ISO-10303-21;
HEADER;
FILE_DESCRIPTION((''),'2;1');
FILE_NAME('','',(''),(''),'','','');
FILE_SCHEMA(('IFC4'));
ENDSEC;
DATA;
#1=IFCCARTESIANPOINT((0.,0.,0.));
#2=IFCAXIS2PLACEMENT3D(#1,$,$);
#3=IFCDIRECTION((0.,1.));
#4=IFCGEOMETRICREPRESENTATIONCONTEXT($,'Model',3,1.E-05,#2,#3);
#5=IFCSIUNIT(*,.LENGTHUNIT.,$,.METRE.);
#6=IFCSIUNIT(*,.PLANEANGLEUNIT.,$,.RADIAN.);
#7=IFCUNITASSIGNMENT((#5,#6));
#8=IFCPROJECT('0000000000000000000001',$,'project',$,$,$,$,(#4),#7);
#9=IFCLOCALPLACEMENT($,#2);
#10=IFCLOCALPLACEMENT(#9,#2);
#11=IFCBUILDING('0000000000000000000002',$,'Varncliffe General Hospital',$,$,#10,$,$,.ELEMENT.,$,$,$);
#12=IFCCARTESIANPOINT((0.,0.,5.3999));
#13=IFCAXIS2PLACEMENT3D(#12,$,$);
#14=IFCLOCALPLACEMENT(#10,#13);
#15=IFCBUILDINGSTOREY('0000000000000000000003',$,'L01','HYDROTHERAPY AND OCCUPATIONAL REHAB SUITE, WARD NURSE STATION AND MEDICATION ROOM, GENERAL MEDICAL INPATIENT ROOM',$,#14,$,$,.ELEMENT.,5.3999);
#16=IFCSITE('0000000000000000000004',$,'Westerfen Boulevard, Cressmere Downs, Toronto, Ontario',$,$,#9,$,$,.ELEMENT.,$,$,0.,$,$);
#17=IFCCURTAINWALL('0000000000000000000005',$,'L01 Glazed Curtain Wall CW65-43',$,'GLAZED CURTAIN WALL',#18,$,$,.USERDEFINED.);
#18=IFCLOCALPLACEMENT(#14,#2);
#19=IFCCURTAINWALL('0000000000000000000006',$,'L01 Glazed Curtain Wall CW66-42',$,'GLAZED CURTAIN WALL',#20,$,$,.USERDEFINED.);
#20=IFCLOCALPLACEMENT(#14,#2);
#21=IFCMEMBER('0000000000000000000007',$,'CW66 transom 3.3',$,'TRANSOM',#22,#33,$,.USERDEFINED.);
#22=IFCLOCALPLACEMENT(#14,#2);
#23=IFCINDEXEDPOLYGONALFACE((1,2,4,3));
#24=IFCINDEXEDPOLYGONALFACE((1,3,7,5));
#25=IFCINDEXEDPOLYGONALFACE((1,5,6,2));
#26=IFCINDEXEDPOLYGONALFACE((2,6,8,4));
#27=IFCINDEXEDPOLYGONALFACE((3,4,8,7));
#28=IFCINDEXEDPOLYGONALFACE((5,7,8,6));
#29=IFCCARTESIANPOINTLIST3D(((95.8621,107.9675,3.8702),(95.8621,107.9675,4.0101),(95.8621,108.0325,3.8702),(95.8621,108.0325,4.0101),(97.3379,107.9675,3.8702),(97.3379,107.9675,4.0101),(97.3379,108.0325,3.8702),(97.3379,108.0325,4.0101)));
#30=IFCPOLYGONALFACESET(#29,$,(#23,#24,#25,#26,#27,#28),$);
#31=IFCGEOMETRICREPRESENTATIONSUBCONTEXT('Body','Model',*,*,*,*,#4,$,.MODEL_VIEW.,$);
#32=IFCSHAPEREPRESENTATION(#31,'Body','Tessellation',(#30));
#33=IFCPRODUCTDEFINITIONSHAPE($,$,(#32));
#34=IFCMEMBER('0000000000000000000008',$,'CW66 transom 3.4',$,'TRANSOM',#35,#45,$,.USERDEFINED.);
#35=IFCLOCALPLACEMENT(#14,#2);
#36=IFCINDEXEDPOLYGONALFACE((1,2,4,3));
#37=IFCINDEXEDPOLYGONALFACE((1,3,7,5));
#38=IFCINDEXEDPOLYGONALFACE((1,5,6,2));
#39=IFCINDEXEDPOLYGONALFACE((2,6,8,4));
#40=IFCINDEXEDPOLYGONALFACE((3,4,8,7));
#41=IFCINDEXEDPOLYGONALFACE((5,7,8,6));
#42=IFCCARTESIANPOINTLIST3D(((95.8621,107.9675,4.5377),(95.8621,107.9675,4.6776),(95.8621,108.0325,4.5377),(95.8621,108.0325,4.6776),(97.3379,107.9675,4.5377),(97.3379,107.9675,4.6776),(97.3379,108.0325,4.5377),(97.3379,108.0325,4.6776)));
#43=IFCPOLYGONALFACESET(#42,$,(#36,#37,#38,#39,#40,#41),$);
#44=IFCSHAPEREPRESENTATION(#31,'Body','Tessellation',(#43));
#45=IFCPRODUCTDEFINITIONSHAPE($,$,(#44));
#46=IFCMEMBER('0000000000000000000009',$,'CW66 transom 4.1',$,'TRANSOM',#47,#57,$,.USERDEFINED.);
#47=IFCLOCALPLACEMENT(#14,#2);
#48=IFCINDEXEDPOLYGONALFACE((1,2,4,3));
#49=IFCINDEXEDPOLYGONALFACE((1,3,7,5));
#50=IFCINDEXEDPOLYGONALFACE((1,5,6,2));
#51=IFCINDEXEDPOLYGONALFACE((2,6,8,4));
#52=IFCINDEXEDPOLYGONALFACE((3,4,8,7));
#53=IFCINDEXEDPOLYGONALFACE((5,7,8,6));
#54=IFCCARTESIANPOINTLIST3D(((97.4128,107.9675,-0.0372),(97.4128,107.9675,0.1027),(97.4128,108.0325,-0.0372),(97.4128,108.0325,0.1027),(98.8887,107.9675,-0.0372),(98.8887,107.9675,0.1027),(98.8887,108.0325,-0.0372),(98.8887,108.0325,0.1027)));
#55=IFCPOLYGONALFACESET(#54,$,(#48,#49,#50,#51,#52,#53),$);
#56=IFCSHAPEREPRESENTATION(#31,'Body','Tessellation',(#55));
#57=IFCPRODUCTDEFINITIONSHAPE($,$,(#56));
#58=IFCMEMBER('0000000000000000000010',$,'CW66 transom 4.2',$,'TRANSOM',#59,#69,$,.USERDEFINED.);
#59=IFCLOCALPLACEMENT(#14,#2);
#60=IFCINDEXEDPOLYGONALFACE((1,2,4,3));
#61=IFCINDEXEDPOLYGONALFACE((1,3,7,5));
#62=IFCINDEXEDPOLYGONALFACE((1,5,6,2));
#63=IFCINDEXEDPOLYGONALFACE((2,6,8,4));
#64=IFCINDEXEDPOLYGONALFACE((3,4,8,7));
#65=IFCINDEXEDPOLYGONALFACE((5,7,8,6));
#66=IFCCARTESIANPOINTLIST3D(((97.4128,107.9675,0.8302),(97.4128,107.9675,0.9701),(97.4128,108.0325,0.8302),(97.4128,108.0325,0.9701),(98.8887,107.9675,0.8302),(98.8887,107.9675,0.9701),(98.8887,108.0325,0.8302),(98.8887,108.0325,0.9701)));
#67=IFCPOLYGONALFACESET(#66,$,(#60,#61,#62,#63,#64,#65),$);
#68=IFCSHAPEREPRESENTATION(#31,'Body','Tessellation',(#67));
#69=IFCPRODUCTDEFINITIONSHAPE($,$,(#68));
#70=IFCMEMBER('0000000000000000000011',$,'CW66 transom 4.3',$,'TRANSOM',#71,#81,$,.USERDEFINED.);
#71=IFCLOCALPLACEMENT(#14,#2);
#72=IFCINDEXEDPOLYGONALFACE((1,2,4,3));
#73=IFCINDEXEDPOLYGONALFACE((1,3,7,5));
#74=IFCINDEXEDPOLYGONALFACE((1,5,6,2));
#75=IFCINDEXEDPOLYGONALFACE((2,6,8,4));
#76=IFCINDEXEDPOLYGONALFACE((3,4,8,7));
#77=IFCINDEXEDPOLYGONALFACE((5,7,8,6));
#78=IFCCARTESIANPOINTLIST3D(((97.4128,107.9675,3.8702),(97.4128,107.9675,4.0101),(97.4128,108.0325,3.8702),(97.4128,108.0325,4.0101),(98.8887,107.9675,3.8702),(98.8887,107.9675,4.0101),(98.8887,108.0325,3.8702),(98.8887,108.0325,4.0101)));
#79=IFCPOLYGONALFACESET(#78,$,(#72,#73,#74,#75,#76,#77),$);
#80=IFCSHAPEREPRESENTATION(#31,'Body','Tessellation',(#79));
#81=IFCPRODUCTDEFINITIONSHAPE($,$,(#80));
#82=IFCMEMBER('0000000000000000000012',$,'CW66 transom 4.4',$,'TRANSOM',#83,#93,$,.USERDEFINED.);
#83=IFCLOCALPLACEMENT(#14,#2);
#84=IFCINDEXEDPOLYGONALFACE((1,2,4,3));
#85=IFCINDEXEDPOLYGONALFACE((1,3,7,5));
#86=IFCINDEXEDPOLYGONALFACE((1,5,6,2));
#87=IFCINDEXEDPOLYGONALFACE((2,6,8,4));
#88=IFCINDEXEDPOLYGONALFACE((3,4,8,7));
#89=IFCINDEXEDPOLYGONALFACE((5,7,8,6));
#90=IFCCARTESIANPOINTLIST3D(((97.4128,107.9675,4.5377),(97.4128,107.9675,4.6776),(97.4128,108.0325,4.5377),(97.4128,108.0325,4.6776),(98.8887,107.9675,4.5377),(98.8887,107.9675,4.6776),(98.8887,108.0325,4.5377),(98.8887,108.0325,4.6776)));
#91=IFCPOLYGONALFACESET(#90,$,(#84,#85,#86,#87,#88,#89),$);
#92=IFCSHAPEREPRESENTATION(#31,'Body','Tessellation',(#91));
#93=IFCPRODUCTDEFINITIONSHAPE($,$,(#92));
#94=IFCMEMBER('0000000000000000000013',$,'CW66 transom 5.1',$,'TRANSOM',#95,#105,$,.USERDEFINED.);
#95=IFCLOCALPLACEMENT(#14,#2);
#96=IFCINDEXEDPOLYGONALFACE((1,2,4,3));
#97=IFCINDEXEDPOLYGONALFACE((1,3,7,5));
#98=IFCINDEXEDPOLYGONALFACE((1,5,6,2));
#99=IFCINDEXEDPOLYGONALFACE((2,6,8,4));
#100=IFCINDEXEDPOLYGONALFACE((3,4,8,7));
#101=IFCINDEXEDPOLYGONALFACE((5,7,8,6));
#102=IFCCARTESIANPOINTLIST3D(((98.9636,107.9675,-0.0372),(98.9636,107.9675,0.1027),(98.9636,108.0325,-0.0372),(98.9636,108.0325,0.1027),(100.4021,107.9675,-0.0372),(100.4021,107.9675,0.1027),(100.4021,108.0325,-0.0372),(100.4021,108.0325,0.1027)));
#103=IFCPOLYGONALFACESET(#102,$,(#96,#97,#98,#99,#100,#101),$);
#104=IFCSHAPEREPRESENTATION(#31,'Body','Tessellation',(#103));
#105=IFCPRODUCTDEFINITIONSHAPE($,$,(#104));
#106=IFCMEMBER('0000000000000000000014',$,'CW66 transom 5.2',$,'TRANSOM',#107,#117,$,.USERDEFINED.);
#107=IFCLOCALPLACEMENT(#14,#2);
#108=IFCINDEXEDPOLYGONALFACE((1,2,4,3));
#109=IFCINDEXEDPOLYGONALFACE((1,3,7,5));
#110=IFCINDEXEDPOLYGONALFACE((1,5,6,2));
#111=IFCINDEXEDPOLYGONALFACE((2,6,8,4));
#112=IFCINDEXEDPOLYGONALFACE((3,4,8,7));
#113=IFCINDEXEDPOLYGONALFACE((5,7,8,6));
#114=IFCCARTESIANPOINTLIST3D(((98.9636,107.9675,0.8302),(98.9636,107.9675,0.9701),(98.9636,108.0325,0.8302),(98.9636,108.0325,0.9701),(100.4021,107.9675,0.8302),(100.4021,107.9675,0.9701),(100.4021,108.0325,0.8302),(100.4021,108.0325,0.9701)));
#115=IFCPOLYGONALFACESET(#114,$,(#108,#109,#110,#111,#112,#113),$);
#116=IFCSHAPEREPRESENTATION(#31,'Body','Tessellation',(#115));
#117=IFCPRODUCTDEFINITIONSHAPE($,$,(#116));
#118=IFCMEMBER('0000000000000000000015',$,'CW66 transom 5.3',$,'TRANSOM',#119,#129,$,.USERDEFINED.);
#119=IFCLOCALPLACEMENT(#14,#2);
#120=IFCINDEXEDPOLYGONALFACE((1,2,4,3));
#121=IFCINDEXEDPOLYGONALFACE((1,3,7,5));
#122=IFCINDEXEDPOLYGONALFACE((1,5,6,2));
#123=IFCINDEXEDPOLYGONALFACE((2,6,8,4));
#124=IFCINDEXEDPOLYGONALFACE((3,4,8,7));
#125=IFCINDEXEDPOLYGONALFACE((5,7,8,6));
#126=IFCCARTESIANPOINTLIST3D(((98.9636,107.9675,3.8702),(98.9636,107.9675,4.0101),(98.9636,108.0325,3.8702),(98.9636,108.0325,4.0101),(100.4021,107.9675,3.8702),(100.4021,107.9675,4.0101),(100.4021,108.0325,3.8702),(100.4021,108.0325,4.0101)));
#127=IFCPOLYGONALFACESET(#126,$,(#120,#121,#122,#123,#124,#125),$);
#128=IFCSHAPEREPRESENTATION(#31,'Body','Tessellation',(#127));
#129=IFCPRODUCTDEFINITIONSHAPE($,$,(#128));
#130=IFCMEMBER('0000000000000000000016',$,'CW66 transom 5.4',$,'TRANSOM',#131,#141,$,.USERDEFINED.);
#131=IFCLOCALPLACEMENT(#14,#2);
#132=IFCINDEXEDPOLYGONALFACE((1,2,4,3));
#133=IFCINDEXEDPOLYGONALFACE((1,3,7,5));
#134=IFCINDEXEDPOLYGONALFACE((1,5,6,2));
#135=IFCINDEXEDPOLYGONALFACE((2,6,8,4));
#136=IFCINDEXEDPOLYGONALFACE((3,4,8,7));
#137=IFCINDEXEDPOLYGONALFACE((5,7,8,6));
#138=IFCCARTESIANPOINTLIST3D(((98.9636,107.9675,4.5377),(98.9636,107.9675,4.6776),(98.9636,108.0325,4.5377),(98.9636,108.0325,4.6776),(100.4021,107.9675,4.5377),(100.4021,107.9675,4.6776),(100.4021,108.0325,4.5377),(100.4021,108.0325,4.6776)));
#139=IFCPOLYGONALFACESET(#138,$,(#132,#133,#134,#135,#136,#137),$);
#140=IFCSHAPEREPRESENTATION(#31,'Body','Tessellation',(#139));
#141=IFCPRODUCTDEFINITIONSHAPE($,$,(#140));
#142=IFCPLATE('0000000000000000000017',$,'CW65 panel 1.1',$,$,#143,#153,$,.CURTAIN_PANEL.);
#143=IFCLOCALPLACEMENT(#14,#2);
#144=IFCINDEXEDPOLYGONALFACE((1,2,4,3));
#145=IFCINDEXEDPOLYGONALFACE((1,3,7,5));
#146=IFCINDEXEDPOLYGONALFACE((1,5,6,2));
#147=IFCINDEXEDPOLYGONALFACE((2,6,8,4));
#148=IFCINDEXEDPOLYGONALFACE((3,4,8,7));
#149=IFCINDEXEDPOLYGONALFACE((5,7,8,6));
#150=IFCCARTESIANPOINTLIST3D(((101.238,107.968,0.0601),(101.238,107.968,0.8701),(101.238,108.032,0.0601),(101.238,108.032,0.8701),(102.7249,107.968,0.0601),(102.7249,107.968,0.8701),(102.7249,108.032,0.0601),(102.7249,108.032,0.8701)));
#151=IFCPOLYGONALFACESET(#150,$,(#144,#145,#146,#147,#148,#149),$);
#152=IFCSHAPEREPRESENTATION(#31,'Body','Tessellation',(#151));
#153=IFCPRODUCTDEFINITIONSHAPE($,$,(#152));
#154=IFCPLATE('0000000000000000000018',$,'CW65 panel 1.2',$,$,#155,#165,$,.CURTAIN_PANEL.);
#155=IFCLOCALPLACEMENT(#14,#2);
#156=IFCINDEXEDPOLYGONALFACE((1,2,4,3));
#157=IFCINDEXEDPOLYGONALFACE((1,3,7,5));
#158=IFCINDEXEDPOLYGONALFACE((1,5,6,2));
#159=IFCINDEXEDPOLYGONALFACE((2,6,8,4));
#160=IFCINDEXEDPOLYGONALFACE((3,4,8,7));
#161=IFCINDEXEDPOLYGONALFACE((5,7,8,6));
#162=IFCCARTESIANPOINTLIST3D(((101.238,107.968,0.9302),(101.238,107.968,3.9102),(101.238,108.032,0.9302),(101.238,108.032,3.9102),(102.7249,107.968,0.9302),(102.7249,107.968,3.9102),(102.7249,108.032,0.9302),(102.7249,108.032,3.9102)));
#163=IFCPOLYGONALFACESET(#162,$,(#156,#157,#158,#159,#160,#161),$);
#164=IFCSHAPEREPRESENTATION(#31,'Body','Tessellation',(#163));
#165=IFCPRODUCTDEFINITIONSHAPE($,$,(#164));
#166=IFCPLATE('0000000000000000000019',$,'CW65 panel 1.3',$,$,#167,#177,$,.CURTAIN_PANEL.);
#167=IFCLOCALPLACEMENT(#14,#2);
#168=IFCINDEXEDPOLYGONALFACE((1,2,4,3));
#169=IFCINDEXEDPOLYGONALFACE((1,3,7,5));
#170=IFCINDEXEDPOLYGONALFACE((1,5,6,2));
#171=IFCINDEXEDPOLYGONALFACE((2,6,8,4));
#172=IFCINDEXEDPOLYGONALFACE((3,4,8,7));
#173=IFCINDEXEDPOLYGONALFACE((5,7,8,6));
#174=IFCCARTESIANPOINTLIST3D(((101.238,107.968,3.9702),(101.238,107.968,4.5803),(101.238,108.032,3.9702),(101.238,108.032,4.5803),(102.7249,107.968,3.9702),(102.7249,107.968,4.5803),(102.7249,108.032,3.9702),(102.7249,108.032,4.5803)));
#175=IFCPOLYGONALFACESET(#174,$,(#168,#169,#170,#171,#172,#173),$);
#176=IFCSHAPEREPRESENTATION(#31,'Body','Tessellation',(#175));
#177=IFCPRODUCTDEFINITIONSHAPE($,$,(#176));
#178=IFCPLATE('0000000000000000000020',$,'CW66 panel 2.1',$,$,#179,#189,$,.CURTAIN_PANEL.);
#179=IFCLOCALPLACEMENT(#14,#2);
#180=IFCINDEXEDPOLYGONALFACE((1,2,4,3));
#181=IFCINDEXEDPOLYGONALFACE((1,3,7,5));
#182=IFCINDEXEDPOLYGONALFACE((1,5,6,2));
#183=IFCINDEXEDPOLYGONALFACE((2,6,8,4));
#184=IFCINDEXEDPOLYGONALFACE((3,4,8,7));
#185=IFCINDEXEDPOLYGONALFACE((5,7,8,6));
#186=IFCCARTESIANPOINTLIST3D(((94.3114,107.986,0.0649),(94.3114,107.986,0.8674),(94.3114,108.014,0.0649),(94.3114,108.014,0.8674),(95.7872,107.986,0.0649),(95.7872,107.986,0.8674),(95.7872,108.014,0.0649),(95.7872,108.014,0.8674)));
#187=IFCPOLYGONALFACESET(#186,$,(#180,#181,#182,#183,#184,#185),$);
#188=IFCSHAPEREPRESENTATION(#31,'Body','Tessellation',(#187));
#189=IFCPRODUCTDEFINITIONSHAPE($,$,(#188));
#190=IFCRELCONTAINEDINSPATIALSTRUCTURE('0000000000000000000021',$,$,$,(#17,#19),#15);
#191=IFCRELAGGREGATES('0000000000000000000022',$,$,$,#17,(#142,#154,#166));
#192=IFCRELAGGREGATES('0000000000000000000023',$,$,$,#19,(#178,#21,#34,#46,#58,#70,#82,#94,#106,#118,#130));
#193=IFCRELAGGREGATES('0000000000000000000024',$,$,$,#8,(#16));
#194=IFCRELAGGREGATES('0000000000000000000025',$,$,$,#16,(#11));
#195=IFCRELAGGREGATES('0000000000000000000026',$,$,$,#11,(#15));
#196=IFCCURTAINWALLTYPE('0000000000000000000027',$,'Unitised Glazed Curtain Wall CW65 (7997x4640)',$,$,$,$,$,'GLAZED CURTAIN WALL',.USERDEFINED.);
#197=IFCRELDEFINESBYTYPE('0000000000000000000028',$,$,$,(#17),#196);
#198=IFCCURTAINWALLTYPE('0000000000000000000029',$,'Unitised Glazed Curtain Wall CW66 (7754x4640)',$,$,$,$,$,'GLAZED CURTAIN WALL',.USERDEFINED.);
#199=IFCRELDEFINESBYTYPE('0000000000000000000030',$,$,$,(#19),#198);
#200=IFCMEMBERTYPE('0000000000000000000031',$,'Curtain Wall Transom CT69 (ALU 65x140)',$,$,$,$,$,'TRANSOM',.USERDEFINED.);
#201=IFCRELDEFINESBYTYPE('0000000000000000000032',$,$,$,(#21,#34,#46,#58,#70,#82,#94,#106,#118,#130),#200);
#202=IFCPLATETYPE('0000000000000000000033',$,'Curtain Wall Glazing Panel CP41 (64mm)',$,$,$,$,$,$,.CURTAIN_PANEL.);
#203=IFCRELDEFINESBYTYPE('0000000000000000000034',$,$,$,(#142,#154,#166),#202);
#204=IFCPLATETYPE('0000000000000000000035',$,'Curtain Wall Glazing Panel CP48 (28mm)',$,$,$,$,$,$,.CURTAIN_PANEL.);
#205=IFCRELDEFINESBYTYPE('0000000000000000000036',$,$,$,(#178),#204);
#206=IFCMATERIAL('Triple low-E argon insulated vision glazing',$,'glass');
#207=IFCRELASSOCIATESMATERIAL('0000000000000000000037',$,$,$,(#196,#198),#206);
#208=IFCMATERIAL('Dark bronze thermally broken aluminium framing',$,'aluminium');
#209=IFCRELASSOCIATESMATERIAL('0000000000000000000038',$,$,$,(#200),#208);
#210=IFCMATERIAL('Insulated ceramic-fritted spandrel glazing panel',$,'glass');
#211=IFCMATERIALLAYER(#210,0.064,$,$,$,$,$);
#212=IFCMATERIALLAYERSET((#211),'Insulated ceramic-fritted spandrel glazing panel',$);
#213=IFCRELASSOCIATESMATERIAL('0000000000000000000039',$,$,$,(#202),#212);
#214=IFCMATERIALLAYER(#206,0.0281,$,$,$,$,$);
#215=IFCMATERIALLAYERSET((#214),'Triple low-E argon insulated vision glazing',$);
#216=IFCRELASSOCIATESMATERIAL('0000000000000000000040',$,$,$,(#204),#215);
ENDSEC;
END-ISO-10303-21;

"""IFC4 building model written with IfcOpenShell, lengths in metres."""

from ifc_helpers import new_model, si_unit, direction, frame, origin, origin_2d, place, context, subcontext, project, spatial, rectangle, extrude, material, layer, layer_set, material_profile, profile_set, type_object, element, aggregate, save


model = new_model("IFC4")

# Units and contexts
model_context = context("Model", 3, precision=1e-05, world=origin(), true_north=direction((0.0, 1.0)))
body_context = subcontext(model_context, "Body", "Model", "MODEL_VIEW")
ifc_project = project(units=[si_unit("LENGTHUNIT", "METRE"), si_unit("PLANEANGLEUNIT", "RADIAN")], contexts=[model_context])

# Site, building, storey
site_placement = place(None, origin())
site = spatial("IfcSite", under=ifc_project, at=site_placement, Name="Westerfen Boulevard, Cressmere Downs, Toronto, Ontario", CompositionType="ELEMENT", RefElevation=0.0)
building_placement = place(site_placement, origin())
building = spatial("IfcBuilding", under=site, at=building_placement, Name="Varncliffe General Hospital", CompositionType="ELEMENT")
storey_placement = place(building_placement, frame((0.0, 0.0, 5.3999)))
storey = spatial("IfcBuildingStorey", under=building, at=storey_placement, Name="L01", Description="HYDROTHERAPY AND OCCUPATIONAL REHAB SUITE, WARD NURSE STATION AND MEDICATION ROOM, GENERAL MEDICAL INPATIENT ROOM", CompositionType="ELEMENT", Elevation=5.3999)

# Curtain walls
ifc_material_1 = material(Name="Triple low-E argon insulated vision glazing", Category="glass")
curtain_wall_type_1 = type_object("IfcCurtainWallType", Name="Unitised Glazed Curtain Wall CW65 (7997x4640)", ElementType="GLAZED CURTAIN WALL", PredefinedType="USERDEFINED", material=ifc_material_1)
curtain_wall_1_placement = place(storey_placement, origin())
curtain_wall_1 = element("IfcCurtainWall", 1, at=curtain_wall_1_placement, inside=storey, type_object=curtain_wall_type_1, Name="L01 Glazed Curtain Wall CW65-43", ObjectType="GLAZED CURTAIN WALL", PredefinedType="USERDEFINED")
ifc_material_2 = material(Name="Dark bronze thermally broken aluminium framing", Category="aluminium")
curtain_wall_type_2 = type_object("IfcCurtainWallType", Name="Unitised Glazed Curtain Wall CW66 (7754x4640)", ElementType="GLAZED CURTAIN WALL", PredefinedType="USERDEFINED", material=ifc_material_1)
curtain_wall_2_placement = place(storey_placement, origin())
curtain_wall_2 = element("IfcCurtainWall", 2, at=curtain_wall_2_placement, inside=storey, type_object=curtain_wall_type_2, Name="L01 Glazed Curtain Wall CW66-42", ObjectType="GLAZED CURTAIN WALL", PredefinedType="USERDEFINED")

# Members
ifc_material_profile_1 = material_profile(ifc_material_2, rectangle(XDim=0.0649, YDim=0.1399, at=origin_2d()), Name="ALU 65x140")
ifc_profile_set_1 = profile_set([ifc_material_profile_1], Name="Dark bronze thermally broken aluminium framing")
member_type_1 = type_object("IfcMemberType", Name="Curtain Wall Transom CT69 (ALU 65x140)", ElementType="TRANSOM", PredefinedType="USERDEFINED", material=ifc_profile_set_1)
member_1_placement = place(storey_placement, frame((95.8621, 108.0, 3.9402), z_axis=(1.0, 0.0, 0.0), x_axis=(0.0, 1.0, 0.0)))
member_1 = element("IfcMember", 3, at=member_1_placement, type_object=member_type_1, Name="CW66 transom 3.3", ObjectType="TRANSOM", PredefinedType="USERDEFINED", context=body_context, shape_type="SweptSolid", body=[
    extrude(rectangle(XDim=0.0649, YDim=0.1399, at=origin_2d()), origin(), (0.0, 0.0, 1.0), 1.4758),
])
member_2_placement = place(storey_placement, frame((95.8621, 108.0, 4.6077), z_axis=(1.0, 0.0, 0.0), x_axis=(0.0, 1.0, 0.0)))
member_2 = element("IfcMember", 4, at=member_2_placement, type_object=member_type_1, Name="CW66 transom 3.4", ObjectType="TRANSOM", PredefinedType="USERDEFINED", context=body_context, shape_type="SweptSolid", body=[
    extrude(rectangle(XDim=0.0649, YDim=0.1399, at=origin_2d()), origin(), (0.0, 0.0, 1.0), 1.4758),
])
member_3_placement = place(storey_placement, frame((97.4128, 108.0, 0.0327), z_axis=(1.0, 0.0, 0.0), x_axis=(0.0, 1.0, 0.0)))
member_3 = element("IfcMember", 5, at=member_3_placement, type_object=member_type_1, Name="CW66 transom 4.1", ObjectType="TRANSOM", PredefinedType="USERDEFINED", context=body_context, shape_type="SweptSolid", body=[
    extrude(rectangle(XDim=0.0649, YDim=0.1399, at=origin_2d()), origin(), (0.0, 0.0, 1.0), 1.4758),
])
member_4_placement = place(storey_placement, frame((97.4128, 108.0, 0.9001), z_axis=(1.0, 0.0, 0.0), x_axis=(0.0, 1.0, 0.0)))
member_4 = element("IfcMember", 6, at=member_4_placement, type_object=member_type_1, Name="CW66 transom 4.2", ObjectType="TRANSOM", PredefinedType="USERDEFINED", context=body_context, shape_type="SweptSolid", body=[
    extrude(rectangle(XDim=0.0649, YDim=0.1399, at=origin_2d()), origin(), (0.0, 0.0, 1.0), 1.4758),
])
member_5_placement = place(storey_placement, frame((97.4128, 108.0, 3.9402), z_axis=(1.0, 0.0, 0.0), x_axis=(0.0, 1.0, 0.0)))
member_5 = element("IfcMember", 7, at=member_5_placement, type_object=member_type_1, Name="CW66 transom 4.3", ObjectType="TRANSOM", PredefinedType="USERDEFINED", context=body_context, shape_type="SweptSolid", body=[
    extrude(rectangle(XDim=0.0649, YDim=0.1399, at=origin_2d()), origin(), (0.0, 0.0, 1.0), 1.4758),
])
member_6_placement = place(storey_placement, frame((97.4128, 108.0, 4.6077), z_axis=(1.0, 0.0, 0.0), x_axis=(0.0, 1.0, 0.0)))
member_6 = element("IfcMember", 8, at=member_6_placement, type_object=member_type_1, Name="CW66 transom 4.4", ObjectType="TRANSOM", PredefinedType="USERDEFINED", context=body_context, shape_type="SweptSolid", body=[
    extrude(rectangle(XDim=0.0649, YDim=0.1399, at=origin_2d()), origin(), (0.0, 0.0, 1.0), 1.4758),
])
member_7_placement = place(storey_placement, frame((98.9636, 108.0, 0.0327), z_axis=(1.0, 0.0, 0.0), x_axis=(0.0, 1.0, 0.0)))
member_7 = element("IfcMember", 9, at=member_7_placement, type_object=member_type_1, Name="CW66 transom 5.1", ObjectType="TRANSOM", PredefinedType="USERDEFINED", context=body_context, shape_type="SweptSolid", body=[
    extrude(rectangle(XDim=0.0649, YDim=0.1399, at=origin_2d()), origin(), (0.0, 0.0, 1.0), 1.4385),
])
member_8_placement = place(storey_placement, frame((98.9636, 108.0, 0.9001), z_axis=(1.0, 0.0, 0.0), x_axis=(0.0, 1.0, 0.0)))
member_8 = element("IfcMember", 10, at=member_8_placement, type_object=member_type_1, Name="CW66 transom 5.2", ObjectType="TRANSOM", PredefinedType="USERDEFINED", context=body_context, shape_type="SweptSolid", body=[
    extrude(rectangle(XDim=0.0649, YDim=0.1399, at=origin_2d()), origin(), (0.0, 0.0, 1.0), 1.4385),
])
member_9_placement = place(storey_placement, frame((98.9636, 108.0, 3.9402), z_axis=(1.0, 0.0, 0.0), x_axis=(0.0, 1.0, 0.0)))
member_9 = element("IfcMember", 11, at=member_9_placement, type_object=member_type_1, Name="CW66 transom 5.3", ObjectType="TRANSOM", PredefinedType="USERDEFINED", context=body_context, shape_type="SweptSolid", body=[
    extrude(rectangle(XDim=0.0649, YDim=0.1399, at=origin_2d()), origin(), (0.0, 0.0, 1.0), 1.4385),
])
member_10_placement = place(storey_placement, frame((98.9636, 108.0, 4.6077), z_axis=(1.0, 0.0, 0.0), x_axis=(0.0, 1.0, 0.0)))
member_10 = element("IfcMember", 12, at=member_10_placement, type_object=member_type_1, Name="CW66 transom 5.4", ObjectType="TRANSOM", PredefinedType="USERDEFINED", context=body_context, shape_type="SweptSolid", body=[
    extrude(rectangle(XDim=0.0649, YDim=0.1399, at=origin_2d()), origin(), (0.0, 0.0, 1.0), 1.4385),
])

# Plates
ifc_material_3 = material(Name="Insulated ceramic-fritted spandrel glazing panel", Category="glass")
ifc_layer_1 = layer(ifc_material_3, 0.064)
ifc_layer_set_1 = layer_set([ifc_layer_1], Name="Insulated ceramic-fritted spandrel glazing panel")
plate_type_1 = type_object("IfcPlateType", Name="Curtain Wall Glazing Panel CP41 (64mm)", PredefinedType="CURTAIN_PANEL", material=ifc_layer_set_1)
plate_1_placement = place(storey_placement, frame((101.9814, 108.0, 0.0601), z_axis=(0.0, 0.0, 1.0), x_axis=(1.0, 0.0, 0.0)))
plate_1 = element("IfcPlate", 13, at=plate_1_placement, type_object=plate_type_1, Name="CW65 panel 1.1", PredefinedType="CURTAIN_PANEL", context=body_context, shape_type="SweptSolid", body=[
    extrude(rectangle(XDim=1.4868, YDim=0.064, at=origin_2d()), origin(), (0.0, 0.0, 1.0), 0.8101),
])
plate_2_placement = place(storey_placement, frame((101.9814, 108.0, 0.9302), z_axis=(0.0, 0.0, 1.0), x_axis=(1.0, 0.0, 0.0)))
plate_2 = element("IfcPlate", 14, at=plate_2_placement, type_object=plate_type_1, Name="CW65 panel 1.2", PredefinedType="CURTAIN_PANEL", context=body_context, shape_type="SweptSolid", body=[
    extrude(rectangle(XDim=1.4868, YDim=0.064, at=origin_2d()), origin(), (0.0, 0.0, 1.0), 2.98),
])
plate_3_placement = place(storey_placement, frame((101.9814, 108.0, 3.9702), z_axis=(0.0, 0.0, 1.0), x_axis=(1.0, 0.0, 0.0)))
plate_3 = element("IfcPlate", 15, at=plate_3_placement, type_object=plate_type_1, Name="CW65 panel 1.3", PredefinedType="CURTAIN_PANEL", context=body_context, shape_type="SweptSolid", body=[
    extrude(rectangle(XDim=1.4868, YDim=0.064, at=origin_2d()), origin(), (0.0, 0.0, 1.0), 0.6101),
])
aggregate(curtain_wall_1, [plate_1, plate_2, plate_3])
ifc_layer_2 = layer(ifc_material_1, 0.0281)
ifc_layer_set_2 = layer_set([ifc_layer_2], Name="Triple low-E argon insulated vision glazing")
plate_type_2 = type_object("IfcPlateType", Name="Curtain Wall Glazing Panel CP48 (28mm)", PredefinedType="CURTAIN_PANEL", material=ifc_layer_set_2)
plate_4_placement = place(storey_placement, frame((95.0493, 108.0, 0.0649), z_axis=(0.0, 0.0, 1.0), x_axis=(1.0, 0.0, 0.0)))
plate_4 = element("IfcPlate", 16, at=plate_4_placement, type_object=plate_type_2, Name="CW66 panel 2.1", PredefinedType="CURTAIN_PANEL", context=body_context, shape_type="SweptSolid", body=[
    extrude(rectangle(XDim=1.4758, YDim=0.0281, at=origin_2d()), origin(), (0.0, 0.0, 1.0), 0.8025),
])
aggregate(curtain_wall_2, [plate_4, member_1, member_2, member_3, member_4, member_5, member_6, member_7, member_8, member_9, member_10])

save(model, "model.ifc")
